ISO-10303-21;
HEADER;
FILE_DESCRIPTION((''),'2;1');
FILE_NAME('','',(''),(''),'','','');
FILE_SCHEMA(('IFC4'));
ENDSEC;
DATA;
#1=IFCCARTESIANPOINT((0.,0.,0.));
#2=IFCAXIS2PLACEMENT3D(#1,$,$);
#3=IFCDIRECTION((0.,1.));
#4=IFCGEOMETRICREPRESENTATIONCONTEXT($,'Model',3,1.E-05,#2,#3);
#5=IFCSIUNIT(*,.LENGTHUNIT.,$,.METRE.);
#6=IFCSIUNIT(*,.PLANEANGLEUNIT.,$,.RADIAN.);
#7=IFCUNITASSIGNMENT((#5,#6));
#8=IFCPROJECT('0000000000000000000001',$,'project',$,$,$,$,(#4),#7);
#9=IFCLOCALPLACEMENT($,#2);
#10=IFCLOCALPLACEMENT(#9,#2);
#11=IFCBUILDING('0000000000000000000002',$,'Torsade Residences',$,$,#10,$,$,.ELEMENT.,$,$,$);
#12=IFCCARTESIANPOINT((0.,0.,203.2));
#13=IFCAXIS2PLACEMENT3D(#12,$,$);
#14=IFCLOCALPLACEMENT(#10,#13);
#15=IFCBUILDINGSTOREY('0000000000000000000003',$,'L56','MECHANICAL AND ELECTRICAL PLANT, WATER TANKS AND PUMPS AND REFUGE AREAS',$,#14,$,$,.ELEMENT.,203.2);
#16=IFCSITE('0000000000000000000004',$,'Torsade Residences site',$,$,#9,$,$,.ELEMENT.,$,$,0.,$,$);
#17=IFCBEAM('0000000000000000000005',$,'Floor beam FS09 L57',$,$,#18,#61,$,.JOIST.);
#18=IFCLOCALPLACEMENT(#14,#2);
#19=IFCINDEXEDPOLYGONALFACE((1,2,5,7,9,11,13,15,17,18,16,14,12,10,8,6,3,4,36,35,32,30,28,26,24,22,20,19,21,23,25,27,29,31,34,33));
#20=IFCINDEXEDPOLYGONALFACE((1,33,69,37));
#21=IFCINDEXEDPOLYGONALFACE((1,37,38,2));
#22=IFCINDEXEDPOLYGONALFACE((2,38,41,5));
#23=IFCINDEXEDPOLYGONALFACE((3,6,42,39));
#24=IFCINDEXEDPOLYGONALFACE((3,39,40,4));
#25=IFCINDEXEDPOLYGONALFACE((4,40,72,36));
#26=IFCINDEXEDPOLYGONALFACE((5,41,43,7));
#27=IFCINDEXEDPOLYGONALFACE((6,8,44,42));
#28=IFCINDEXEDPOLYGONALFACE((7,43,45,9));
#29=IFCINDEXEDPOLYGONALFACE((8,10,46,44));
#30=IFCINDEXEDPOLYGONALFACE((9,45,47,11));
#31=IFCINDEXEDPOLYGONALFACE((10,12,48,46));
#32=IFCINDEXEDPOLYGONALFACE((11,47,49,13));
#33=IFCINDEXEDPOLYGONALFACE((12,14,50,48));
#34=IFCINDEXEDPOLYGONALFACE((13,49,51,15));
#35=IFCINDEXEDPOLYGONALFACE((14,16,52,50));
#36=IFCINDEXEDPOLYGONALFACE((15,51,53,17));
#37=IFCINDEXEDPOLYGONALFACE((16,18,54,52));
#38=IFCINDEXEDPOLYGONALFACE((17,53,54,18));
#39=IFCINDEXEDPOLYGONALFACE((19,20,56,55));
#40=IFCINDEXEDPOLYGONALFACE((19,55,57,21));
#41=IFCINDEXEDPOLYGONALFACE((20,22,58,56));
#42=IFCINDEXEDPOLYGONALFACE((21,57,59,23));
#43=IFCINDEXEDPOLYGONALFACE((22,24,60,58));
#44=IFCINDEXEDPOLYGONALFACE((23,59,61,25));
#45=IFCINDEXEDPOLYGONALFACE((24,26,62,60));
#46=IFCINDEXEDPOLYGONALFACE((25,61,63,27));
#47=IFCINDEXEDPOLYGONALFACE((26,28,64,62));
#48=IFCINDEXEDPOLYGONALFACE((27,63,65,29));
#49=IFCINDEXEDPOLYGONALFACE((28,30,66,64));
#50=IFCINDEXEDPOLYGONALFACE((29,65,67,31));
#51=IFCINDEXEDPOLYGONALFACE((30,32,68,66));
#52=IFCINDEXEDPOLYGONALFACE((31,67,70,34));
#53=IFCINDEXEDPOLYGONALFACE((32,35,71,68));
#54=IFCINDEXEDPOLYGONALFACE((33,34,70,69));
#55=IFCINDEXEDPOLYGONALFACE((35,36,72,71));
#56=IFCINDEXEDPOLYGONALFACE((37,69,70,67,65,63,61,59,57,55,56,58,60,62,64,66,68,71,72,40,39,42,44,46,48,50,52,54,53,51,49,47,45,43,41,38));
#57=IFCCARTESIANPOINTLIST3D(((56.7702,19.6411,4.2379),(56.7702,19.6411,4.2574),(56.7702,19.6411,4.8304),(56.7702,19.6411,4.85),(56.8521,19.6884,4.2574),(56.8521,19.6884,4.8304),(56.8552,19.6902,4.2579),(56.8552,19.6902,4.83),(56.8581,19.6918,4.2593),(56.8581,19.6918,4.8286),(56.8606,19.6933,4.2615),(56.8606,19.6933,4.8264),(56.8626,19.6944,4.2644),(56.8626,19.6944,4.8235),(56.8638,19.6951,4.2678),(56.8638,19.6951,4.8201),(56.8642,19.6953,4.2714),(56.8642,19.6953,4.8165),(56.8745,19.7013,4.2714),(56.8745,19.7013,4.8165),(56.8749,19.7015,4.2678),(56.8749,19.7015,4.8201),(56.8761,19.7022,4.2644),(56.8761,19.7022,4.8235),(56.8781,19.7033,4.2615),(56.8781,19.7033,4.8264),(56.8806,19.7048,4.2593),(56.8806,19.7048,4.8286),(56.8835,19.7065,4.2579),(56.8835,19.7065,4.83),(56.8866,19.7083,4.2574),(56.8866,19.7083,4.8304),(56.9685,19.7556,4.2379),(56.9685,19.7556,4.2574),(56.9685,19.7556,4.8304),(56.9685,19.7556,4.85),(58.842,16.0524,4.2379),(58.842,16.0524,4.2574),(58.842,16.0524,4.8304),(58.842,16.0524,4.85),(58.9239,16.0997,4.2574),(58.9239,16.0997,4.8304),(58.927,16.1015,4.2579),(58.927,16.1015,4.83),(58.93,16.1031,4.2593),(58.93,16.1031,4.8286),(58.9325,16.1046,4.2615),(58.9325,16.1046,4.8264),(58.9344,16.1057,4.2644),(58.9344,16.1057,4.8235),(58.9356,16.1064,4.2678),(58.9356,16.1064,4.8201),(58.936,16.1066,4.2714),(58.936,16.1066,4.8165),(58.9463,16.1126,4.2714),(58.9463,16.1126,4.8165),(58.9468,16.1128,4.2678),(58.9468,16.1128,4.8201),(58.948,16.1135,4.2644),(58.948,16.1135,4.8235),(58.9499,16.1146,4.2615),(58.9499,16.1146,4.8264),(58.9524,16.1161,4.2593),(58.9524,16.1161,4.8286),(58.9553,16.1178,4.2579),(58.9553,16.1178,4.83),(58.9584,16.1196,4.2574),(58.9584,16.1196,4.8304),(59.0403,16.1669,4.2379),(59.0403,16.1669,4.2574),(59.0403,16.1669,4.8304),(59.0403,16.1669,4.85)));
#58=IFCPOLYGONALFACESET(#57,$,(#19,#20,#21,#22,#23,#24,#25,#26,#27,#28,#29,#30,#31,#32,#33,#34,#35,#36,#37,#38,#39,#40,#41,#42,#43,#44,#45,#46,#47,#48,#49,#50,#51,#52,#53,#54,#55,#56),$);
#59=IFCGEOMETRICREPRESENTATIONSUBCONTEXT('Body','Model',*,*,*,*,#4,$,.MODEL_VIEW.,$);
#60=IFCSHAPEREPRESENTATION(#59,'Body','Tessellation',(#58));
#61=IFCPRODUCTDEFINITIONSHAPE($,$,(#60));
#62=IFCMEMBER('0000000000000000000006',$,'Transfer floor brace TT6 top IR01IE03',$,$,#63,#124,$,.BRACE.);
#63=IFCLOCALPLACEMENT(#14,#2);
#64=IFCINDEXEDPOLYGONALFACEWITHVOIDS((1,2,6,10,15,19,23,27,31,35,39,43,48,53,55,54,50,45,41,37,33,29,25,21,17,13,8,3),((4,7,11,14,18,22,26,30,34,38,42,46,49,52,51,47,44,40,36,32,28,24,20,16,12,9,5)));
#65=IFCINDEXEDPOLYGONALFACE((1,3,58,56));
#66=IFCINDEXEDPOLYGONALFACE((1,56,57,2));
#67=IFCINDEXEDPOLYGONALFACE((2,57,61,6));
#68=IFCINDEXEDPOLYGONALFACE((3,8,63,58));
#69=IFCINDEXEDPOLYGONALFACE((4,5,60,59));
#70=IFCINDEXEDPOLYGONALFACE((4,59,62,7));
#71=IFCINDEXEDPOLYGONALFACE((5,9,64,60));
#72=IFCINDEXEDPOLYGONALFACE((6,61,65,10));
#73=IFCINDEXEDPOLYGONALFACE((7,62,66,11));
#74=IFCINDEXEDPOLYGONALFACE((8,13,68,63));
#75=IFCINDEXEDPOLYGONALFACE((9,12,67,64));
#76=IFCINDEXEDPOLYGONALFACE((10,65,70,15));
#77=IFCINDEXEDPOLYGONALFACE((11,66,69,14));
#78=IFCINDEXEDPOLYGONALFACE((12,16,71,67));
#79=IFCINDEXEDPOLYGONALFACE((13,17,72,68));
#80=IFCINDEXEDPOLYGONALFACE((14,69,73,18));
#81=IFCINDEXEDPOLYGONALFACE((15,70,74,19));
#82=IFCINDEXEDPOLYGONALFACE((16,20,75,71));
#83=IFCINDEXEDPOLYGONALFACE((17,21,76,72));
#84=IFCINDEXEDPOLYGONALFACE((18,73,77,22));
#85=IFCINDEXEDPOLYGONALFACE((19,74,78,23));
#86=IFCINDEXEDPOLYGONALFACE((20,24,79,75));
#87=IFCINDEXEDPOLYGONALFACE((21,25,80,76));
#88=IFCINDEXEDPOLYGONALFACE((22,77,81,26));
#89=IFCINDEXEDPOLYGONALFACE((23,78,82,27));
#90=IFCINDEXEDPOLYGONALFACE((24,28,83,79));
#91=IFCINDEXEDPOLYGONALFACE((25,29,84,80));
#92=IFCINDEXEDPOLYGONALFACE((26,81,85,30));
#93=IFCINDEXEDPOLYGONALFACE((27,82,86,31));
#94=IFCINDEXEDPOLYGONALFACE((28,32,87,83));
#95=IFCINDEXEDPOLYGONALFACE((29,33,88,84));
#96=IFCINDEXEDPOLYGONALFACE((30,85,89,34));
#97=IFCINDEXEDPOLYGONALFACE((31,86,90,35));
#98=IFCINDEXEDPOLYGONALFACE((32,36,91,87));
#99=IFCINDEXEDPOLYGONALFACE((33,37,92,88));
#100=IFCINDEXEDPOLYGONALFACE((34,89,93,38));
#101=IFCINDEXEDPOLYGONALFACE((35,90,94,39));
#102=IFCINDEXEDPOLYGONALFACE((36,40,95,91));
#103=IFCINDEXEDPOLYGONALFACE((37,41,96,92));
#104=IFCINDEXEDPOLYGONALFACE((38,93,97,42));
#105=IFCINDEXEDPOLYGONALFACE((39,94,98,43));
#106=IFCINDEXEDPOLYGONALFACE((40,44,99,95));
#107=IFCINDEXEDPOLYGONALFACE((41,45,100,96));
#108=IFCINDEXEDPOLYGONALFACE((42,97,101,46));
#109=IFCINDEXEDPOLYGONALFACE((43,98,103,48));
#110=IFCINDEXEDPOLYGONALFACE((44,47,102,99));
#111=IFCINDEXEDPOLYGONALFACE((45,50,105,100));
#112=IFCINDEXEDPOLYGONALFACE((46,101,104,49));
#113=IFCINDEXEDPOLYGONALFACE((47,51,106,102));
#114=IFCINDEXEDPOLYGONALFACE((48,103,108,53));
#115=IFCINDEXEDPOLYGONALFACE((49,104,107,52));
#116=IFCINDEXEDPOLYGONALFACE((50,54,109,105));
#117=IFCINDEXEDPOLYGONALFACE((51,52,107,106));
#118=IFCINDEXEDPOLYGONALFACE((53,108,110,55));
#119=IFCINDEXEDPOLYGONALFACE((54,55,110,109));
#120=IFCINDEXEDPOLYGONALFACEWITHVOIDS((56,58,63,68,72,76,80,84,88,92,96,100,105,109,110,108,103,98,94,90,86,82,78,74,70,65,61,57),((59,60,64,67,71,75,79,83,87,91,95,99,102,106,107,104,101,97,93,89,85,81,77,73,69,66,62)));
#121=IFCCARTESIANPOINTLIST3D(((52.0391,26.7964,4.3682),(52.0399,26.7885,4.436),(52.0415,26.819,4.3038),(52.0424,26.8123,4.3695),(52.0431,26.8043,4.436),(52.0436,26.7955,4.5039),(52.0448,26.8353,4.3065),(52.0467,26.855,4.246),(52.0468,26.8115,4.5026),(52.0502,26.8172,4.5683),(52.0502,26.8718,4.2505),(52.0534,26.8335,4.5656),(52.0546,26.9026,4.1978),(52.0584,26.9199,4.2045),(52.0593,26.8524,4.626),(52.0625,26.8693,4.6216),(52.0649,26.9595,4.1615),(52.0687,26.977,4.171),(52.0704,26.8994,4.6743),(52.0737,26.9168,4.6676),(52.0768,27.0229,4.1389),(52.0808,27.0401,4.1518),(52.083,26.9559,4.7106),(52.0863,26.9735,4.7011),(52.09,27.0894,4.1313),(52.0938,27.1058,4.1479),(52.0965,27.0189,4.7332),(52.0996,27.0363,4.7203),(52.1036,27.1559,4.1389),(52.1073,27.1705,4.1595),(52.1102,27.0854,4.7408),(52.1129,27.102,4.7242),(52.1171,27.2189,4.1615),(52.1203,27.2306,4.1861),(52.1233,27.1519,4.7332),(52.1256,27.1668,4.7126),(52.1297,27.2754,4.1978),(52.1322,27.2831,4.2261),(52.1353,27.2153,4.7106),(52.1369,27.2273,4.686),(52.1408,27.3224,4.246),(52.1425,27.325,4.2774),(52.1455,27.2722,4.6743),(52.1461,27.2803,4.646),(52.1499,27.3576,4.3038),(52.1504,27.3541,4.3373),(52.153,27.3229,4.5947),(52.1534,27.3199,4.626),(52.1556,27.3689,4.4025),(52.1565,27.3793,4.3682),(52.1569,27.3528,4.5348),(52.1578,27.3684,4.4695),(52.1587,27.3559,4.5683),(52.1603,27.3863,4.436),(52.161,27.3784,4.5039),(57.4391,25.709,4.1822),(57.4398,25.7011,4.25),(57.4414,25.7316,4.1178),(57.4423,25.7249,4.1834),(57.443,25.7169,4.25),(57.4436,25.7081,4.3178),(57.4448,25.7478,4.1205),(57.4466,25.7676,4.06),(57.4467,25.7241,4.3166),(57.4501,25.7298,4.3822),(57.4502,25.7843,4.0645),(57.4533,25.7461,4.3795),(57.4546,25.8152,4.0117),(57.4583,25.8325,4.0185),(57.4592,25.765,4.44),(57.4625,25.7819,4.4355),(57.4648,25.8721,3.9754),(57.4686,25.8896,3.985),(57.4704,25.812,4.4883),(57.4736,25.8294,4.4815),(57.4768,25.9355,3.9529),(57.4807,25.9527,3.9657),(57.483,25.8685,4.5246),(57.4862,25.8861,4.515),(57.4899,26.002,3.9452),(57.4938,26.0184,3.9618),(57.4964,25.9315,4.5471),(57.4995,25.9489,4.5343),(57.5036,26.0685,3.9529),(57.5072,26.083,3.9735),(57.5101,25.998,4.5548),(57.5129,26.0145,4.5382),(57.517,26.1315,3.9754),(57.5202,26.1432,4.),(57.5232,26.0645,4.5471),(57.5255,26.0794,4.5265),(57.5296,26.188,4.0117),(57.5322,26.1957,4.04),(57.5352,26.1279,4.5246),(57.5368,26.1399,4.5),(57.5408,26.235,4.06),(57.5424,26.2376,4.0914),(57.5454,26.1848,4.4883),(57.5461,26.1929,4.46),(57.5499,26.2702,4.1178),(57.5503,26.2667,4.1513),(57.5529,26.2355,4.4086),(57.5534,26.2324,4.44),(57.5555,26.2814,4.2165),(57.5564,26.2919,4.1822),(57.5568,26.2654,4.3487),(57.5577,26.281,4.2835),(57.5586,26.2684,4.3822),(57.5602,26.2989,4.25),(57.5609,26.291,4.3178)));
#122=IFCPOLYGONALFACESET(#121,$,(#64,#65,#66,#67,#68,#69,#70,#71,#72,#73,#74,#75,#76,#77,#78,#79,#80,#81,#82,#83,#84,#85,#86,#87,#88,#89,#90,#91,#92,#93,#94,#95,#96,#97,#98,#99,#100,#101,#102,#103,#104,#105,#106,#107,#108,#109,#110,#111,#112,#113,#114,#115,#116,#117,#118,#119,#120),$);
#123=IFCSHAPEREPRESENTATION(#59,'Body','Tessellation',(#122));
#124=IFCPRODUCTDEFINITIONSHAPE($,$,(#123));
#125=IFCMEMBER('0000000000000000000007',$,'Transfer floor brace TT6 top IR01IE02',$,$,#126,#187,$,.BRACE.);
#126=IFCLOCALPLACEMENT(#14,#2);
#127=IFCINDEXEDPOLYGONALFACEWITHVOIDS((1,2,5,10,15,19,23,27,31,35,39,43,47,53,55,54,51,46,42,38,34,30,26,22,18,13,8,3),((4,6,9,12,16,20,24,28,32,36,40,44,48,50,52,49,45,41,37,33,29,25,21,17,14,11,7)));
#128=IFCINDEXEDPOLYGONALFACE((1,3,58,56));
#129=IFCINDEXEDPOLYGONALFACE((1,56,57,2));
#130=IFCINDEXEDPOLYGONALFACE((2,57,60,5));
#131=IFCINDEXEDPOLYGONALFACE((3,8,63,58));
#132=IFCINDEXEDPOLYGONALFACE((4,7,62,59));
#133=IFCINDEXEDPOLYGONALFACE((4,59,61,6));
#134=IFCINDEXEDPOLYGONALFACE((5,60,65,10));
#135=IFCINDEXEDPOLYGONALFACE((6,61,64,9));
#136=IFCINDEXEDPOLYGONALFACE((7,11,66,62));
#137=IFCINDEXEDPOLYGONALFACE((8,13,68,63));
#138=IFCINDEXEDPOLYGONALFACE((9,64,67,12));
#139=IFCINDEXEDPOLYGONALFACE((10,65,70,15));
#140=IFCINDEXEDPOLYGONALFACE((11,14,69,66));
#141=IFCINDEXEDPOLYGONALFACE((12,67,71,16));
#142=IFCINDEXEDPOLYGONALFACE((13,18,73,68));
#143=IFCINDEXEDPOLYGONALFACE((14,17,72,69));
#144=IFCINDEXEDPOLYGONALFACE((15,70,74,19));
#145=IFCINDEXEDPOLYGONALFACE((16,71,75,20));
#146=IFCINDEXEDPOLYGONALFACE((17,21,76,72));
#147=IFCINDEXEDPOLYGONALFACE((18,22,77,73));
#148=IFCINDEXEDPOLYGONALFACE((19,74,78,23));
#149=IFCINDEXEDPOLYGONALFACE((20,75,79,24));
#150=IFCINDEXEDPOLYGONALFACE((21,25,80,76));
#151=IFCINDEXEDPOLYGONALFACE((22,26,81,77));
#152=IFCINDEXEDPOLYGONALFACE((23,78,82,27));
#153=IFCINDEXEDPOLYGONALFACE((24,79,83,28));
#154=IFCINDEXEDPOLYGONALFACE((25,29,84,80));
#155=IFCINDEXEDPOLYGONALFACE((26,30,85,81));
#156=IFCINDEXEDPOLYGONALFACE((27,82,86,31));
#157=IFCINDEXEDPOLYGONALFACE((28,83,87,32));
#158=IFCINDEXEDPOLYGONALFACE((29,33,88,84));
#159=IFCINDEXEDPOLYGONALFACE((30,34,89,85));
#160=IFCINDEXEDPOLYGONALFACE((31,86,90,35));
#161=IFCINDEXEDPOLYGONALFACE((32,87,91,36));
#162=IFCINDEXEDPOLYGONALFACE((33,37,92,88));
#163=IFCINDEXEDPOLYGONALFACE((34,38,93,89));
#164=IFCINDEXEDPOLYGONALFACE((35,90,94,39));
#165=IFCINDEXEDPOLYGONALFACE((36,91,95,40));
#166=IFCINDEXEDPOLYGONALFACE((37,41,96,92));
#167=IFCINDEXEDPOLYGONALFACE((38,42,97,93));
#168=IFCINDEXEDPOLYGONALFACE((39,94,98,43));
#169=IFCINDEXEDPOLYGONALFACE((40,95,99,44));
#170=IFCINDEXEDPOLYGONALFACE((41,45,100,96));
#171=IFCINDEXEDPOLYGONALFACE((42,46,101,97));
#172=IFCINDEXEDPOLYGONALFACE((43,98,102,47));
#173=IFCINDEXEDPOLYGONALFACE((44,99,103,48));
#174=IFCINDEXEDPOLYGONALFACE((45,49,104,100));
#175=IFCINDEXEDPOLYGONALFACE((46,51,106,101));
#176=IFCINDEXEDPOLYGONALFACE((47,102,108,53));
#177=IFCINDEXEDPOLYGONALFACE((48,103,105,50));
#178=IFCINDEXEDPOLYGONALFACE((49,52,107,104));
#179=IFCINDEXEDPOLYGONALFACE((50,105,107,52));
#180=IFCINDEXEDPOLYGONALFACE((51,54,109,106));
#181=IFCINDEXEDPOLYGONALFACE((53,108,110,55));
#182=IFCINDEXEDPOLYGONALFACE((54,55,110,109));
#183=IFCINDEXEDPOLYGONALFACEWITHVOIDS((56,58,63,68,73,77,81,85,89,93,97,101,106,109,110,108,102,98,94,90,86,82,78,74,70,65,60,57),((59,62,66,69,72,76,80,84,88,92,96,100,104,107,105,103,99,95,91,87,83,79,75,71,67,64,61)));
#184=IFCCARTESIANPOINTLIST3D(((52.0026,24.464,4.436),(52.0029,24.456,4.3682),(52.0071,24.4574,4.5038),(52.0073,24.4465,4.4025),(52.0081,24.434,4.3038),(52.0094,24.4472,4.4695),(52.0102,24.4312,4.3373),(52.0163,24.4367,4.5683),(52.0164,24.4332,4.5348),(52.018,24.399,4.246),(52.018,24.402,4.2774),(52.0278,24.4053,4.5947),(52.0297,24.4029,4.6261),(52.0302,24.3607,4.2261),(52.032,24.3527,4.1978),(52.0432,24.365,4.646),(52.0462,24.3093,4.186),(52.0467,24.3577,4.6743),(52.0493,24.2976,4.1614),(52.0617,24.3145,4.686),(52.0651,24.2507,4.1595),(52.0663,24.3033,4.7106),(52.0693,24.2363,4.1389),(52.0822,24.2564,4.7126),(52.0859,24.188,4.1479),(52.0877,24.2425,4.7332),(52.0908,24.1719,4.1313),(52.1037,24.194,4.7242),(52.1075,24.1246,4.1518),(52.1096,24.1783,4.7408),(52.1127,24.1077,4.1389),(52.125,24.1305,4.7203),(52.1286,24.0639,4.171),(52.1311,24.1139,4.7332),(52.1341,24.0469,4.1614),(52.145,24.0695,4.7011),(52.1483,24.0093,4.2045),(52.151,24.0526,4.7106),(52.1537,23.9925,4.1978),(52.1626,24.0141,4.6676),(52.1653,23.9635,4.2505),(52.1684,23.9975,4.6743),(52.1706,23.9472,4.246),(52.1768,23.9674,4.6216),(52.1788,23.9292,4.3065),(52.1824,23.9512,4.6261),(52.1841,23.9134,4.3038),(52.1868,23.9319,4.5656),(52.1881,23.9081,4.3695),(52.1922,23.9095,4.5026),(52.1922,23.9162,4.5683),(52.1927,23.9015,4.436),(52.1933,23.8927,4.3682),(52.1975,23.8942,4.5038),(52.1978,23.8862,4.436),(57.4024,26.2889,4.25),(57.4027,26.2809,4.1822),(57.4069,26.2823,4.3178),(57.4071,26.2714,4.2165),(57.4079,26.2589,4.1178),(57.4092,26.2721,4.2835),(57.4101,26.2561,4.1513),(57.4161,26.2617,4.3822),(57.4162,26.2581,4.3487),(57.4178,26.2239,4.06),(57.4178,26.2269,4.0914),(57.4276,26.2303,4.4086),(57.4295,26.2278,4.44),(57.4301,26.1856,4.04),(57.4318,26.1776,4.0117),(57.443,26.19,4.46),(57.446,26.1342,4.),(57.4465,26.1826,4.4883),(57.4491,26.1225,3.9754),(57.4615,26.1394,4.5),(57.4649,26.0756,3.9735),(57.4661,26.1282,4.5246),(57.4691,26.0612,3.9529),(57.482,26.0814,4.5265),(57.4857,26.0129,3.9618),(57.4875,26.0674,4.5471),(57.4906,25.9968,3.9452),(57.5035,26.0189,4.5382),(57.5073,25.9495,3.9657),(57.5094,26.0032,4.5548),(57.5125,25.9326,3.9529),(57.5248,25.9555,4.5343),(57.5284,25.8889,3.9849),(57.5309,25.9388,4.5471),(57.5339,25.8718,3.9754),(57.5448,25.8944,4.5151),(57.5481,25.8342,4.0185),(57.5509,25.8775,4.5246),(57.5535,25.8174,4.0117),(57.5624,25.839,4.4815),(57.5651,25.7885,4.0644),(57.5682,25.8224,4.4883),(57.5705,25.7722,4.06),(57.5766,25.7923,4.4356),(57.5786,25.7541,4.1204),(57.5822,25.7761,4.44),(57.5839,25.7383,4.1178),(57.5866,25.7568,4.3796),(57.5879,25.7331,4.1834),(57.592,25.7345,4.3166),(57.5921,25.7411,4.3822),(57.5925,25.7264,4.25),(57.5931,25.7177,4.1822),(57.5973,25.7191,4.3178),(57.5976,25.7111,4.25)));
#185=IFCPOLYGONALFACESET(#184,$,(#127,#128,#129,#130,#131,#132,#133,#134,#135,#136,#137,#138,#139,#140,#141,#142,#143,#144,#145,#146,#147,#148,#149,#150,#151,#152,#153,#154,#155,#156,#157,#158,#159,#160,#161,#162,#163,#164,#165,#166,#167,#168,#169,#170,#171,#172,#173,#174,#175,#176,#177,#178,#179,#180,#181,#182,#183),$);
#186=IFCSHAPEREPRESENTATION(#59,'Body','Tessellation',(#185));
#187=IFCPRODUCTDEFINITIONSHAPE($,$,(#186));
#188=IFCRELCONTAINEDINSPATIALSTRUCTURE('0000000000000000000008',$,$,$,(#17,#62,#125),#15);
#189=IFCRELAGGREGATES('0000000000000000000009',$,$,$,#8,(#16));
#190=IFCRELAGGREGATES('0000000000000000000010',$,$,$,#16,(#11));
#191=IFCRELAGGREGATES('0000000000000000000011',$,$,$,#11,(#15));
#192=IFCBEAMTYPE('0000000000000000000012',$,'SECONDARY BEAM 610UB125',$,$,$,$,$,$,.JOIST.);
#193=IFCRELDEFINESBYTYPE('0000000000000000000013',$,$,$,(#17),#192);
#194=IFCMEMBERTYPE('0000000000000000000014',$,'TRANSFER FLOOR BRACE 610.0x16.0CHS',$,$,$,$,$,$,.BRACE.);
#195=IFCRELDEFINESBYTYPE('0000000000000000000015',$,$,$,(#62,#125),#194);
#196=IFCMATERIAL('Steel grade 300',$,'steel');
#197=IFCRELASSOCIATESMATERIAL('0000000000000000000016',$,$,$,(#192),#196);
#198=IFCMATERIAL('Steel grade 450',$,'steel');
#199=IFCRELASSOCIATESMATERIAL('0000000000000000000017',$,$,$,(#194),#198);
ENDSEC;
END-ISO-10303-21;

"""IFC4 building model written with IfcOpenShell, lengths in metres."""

from ifc_helpers import new_model, si_unit, direction, frame, origin, origin_2d, place, context, subcontext, project, spatial, hollow_circle, i_section, extrude, material, material_profile, profile_set, type_object, element, save


model = new_model("IFC4")

# Units and contexts
model_context = context("Model", 3, precision=1e-05, world=origin(), true_north=direction((0.0, 1.0)))
body_context = subcontext(model_context, "Body", "Model", "MODEL_VIEW")
ifc_project = project(units=[si_unit("LENGTHUNIT", "METRE"), si_unit("PLANEANGLEUNIT", "RADIAN")], contexts=[model_context])

# Site, building, storey
site_placement = place(None, origin())
site = spatial("IfcSite", under=ifc_project, at=site_placement, Name="Torsade Residences site", CompositionType="ELEMENT", RefElevation=0.0)
building_placement = place(site_placement, origin())
building = spatial("IfcBuilding", under=site, at=building_placement, Name="Torsade Residences", CompositionType="ELEMENT")
storey_placement = place(building_placement, frame((0.0, 0.0, 203.2)))
storey = spatial("IfcBuildingStorey", under=building, at=storey_placement, Name="L56", Description="MECHANICAL AND ELECTRICAL PLANT, WATER TANKS AND PUMPS AND REFUGE AREAS", CompositionType="ELEMENT", Elevation=203.2)

# Beam
ifc_material_1 = material(Name="Steel grade 300", Category="steel")
ifc_material_profile_1 = material_profile(ifc_material_1, i_section(OverallWidth=0.229, OverallDepth=0.6121, WebThickness=0.012, FlangeThickness=0.0195, FilletRadius=0.0139, at=origin_2d()), Name="610UB125")
ifc_profile_set_1 = profile_set([ifc_material_profile_1], Name="Steel grade 300")
beam_type_1 = type_object("IfcBeamType", Name="SECONDARY BEAM 610UB125", PredefinedType="JOIST", material=ifc_profile_set_1)
beam_1_placement = place(storey_placement, frame((58.9412, 16.1096, 4.5439), z_axis=(-0.499979, 0.866037, 0.0), x_axis=(-0.866037, -0.499979, 0.0)))
element("IfcBeam", 1, at=beam_1_placement, inside=storey, type_object=beam_type_1, Name="Floor beam FS09 L57", PredefinedType="JOIST", context=body_context, shape_type="SweptSolid", body=[
    extrude(i_section(OverallWidth=0.229, OverallDepth=0.6121, WebThickness=0.012, FlangeThickness=0.0195, FilletRadius=0.0139, at=origin_2d()), origin(), (0.0, 0.0, 1.0), 4.1438),
])

# Members
ifc_material_2 = material(Name="Steel grade 450", Category="steel")
ifc_material_profile_2 = material_profile(ifc_material_2, hollow_circle(Radius=0.3049, WallThickness=0.0161, at=origin_2d()), Name="610.0x16.0CHS")
ifc_profile_set_2 = profile_set([ifc_material_profile_2], Name="Steel grade 450")
member_type_1 = type_object("IfcMemberType", Name="TRANSFER FLOOR BRACE 610.0x16.0CHS", PredefinedType="BRACE", material=ifc_profile_set_2)
member_1_placement = place(storey_placement, frame((57.5, 26.0, 4.25), z_axis=(-0.979762, 0.197299, 0.033754), x_axis=(-0.197412, -0.980321, 0.0)))
element("IfcMember", 2, at=member_1_placement, inside=storey, type_object=member_type_1, Name="Transfer floor brace TT6 top IR01IE03", PredefinedType="BRACE", context=body_context, shape_type="SweptSolid", body=[
    extrude(hollow_circle(Radius=0.3049, WallThickness=0.0161, at=origin_2d()), origin(), (0.0, 0.0, 1.0), 5.5115),
])
member_2_placement = place(storey_placement, frame((57.5, 26.0, 4.25), z_axis=(-0.946856, -0.319999, 0.032621), x_axis=(0.32017, -0.94736, 0.0)))
element("IfcMember", 3, at=member_2_placement, inside=storey, type_object=member_type_1, Name="Transfer floor brace TT6 top IR01IE02", PredefinedType="BRACE", context=body_context, shape_type="SweptSolid", body=[
    extrude(hollow_circle(Radius=0.3049, WallThickness=0.0161, at=origin_2d()), origin(), (0.0, 0.0, 1.0), 5.7029),
])

save(model, "model.ifc")
